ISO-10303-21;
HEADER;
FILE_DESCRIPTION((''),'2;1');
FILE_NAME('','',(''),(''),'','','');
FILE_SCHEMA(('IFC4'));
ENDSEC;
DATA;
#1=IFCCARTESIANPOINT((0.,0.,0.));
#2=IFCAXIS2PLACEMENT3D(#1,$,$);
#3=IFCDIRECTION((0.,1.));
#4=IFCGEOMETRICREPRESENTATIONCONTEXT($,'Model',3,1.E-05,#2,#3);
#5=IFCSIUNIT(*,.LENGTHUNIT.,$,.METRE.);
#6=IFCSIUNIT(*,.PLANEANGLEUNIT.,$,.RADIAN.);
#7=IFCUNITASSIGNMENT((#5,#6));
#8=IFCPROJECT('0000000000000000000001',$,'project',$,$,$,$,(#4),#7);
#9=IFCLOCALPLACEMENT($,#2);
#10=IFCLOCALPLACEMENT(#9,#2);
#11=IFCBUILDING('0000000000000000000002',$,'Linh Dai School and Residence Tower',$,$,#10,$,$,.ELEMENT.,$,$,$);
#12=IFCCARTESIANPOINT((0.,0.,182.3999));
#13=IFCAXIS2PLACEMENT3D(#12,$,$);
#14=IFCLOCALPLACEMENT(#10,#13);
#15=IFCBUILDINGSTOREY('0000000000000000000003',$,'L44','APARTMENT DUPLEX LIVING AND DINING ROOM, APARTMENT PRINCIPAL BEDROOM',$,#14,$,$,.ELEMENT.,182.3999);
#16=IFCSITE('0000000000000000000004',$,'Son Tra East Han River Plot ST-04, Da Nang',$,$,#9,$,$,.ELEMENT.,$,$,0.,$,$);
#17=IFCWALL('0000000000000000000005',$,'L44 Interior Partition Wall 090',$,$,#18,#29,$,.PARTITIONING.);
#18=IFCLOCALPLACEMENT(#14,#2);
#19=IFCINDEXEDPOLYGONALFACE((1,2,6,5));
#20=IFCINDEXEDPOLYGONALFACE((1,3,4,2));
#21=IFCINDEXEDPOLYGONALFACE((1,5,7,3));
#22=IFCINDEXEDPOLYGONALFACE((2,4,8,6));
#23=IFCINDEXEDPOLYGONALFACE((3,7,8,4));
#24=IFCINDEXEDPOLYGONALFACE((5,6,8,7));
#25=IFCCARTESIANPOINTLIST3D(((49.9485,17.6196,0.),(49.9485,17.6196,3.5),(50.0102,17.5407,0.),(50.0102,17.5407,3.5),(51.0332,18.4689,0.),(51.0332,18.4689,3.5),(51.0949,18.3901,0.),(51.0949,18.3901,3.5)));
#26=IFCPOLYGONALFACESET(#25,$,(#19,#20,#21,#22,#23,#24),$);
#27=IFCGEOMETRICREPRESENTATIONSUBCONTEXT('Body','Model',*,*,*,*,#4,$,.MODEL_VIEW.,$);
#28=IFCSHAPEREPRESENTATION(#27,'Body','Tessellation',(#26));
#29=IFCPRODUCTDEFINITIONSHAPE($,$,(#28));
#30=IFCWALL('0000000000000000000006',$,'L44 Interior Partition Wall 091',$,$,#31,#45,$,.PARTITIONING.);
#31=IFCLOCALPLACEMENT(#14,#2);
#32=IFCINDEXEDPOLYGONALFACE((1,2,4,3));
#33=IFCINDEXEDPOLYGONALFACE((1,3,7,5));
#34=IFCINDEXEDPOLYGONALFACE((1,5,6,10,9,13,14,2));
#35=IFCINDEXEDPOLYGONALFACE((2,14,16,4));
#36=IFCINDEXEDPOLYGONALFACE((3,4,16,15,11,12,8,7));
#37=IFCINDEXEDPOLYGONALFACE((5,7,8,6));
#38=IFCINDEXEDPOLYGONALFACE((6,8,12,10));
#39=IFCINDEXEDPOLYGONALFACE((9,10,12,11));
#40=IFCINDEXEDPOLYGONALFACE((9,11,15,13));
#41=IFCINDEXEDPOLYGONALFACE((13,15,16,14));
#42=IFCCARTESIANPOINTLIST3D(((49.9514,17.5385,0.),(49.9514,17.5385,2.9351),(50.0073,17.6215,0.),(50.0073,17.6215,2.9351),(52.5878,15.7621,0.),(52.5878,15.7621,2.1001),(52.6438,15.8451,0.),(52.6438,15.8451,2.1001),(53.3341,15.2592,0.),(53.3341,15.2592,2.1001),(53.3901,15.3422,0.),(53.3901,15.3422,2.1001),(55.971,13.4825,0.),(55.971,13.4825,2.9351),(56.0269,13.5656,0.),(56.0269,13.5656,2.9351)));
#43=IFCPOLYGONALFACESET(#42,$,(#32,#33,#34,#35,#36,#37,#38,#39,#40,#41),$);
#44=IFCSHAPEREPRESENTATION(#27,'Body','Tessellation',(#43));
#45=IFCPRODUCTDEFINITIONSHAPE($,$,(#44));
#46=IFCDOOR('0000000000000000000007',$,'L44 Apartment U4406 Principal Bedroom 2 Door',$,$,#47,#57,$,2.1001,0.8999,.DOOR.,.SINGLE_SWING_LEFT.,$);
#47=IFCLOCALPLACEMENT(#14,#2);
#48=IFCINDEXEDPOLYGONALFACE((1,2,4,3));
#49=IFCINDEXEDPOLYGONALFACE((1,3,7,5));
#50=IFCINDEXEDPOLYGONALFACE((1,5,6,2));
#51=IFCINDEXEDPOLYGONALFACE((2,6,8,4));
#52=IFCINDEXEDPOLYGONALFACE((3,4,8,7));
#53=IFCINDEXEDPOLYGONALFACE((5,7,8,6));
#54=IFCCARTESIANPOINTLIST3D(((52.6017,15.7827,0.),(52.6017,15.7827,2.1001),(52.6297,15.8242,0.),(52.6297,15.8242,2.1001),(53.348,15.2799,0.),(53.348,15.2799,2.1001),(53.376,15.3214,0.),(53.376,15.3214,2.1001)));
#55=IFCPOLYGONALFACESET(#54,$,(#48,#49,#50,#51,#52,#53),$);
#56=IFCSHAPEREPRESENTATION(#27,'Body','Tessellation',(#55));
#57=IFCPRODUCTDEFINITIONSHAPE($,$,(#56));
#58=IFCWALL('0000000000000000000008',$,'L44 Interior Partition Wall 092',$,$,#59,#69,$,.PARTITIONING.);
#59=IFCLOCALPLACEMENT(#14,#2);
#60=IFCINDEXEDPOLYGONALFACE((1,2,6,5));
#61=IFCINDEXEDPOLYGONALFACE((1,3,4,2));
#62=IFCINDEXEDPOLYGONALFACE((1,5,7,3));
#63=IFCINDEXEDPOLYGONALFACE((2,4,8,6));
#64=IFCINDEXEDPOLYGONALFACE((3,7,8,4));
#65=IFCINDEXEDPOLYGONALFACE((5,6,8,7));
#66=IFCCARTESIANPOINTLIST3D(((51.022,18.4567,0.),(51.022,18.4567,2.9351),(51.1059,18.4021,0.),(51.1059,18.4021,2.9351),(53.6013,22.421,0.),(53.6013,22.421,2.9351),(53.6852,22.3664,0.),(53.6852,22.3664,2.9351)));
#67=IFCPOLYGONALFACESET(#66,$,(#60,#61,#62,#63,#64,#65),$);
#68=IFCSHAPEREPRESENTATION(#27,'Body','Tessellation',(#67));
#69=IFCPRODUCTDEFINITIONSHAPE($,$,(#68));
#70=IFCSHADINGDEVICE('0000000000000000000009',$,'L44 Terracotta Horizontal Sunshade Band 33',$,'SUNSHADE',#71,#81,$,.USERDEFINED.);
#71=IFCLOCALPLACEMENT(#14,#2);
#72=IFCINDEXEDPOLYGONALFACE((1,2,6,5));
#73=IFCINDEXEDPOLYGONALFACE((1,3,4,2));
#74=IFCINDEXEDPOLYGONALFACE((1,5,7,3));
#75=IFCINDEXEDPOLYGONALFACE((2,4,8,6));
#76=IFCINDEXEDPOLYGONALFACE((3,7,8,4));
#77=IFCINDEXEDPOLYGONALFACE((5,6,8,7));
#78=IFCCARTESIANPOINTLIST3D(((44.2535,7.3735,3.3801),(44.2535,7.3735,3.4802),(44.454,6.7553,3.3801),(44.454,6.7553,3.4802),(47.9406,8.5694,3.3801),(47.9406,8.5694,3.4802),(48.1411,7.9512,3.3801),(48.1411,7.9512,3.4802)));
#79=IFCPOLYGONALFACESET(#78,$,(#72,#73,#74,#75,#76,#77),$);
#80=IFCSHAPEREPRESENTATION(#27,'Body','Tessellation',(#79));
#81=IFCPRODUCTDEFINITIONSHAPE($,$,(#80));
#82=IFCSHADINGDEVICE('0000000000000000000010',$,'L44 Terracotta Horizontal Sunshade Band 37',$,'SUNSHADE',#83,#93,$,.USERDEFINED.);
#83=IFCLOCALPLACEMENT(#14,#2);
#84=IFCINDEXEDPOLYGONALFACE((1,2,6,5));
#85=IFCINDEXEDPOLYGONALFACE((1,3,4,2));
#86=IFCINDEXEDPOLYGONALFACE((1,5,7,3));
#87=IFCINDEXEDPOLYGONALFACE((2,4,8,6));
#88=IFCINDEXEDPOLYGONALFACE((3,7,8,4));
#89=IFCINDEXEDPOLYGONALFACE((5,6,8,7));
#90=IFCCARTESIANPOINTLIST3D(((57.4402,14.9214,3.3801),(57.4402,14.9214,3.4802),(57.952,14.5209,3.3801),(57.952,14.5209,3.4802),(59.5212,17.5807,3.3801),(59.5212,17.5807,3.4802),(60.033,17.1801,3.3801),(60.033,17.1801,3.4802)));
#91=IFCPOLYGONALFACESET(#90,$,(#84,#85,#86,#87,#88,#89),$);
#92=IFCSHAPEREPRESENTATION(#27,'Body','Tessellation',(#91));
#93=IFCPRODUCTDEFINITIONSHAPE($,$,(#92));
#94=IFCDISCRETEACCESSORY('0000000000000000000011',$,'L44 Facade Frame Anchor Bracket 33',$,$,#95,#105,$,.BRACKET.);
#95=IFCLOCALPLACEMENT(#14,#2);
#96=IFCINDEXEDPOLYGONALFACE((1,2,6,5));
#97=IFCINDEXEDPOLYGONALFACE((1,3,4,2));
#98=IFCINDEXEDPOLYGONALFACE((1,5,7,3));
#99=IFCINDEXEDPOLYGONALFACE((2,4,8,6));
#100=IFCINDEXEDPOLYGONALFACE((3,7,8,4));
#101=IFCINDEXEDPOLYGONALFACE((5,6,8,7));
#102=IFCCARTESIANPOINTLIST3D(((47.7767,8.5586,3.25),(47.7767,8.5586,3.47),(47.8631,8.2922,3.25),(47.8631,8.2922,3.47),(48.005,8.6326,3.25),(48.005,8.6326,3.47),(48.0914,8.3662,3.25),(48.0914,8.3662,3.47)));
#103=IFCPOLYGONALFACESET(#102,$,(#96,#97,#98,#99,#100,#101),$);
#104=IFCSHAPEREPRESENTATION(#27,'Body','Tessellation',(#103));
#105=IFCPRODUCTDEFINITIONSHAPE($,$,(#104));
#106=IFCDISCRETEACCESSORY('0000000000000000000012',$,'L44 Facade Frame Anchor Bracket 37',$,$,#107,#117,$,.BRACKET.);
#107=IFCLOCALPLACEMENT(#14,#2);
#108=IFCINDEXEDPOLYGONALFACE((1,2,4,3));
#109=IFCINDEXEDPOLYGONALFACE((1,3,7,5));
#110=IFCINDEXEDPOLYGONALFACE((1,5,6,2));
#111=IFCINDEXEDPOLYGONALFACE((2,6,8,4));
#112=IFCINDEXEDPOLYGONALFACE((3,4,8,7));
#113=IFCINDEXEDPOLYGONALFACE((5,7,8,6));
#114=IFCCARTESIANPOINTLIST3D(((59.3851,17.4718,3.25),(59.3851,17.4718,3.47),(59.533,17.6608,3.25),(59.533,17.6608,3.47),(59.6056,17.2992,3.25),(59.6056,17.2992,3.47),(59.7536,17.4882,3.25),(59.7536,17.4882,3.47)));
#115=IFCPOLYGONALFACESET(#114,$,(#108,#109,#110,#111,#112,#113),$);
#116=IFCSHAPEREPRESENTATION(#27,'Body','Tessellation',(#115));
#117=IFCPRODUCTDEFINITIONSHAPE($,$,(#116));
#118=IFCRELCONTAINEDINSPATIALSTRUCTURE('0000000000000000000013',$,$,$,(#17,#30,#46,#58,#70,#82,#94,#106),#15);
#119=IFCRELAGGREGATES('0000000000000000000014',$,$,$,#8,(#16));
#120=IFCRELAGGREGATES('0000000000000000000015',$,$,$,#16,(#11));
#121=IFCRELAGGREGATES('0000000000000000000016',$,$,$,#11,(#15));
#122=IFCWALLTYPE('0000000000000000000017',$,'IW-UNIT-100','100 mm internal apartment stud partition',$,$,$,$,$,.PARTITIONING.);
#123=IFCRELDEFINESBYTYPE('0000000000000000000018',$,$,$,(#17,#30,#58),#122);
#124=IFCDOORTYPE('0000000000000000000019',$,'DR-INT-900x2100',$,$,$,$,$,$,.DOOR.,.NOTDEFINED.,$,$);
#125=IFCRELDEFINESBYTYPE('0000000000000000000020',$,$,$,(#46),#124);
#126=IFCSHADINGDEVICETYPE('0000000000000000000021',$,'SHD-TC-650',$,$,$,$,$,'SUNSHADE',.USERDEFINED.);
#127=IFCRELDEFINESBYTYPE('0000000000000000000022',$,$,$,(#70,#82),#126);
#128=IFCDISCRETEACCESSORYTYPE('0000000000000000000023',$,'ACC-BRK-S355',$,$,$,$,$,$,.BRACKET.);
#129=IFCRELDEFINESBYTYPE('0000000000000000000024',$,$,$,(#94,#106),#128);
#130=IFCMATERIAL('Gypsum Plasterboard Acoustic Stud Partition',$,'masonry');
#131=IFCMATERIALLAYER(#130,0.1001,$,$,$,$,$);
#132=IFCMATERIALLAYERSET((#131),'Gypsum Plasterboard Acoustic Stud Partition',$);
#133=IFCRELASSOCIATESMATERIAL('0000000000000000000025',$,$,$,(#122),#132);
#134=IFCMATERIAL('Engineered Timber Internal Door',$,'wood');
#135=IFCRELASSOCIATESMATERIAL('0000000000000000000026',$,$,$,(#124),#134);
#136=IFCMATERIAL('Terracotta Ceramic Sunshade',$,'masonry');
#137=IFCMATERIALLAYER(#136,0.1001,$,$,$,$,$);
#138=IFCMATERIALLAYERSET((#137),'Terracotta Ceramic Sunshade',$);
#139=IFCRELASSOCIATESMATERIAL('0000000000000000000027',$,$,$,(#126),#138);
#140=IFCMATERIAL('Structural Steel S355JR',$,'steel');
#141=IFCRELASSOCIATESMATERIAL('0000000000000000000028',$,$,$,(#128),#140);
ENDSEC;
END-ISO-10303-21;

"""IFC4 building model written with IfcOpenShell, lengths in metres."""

from ifc_helpers import new_model, si_unit, direction, frame, frame_2d, origin, origin_2d, place, context, subcontext, project, spatial, rectangle, extrude, source, transform, mapped, material, layer, layer_set, type_object, element, fill, save


model = new_model("IFC4")

# Units and contexts
model_context = context("Model", 3, precision=1e-05, world=origin(), true_north=direction((0.0, 1.0)))
body_context = subcontext(model_context, "Body", "Model", "MODEL_VIEW")
ifc_project = project(units=[si_unit("LENGTHUNIT", "METRE"), si_unit("PLANEANGLEUNIT", "RADIAN")], contexts=[model_context])

# Site, building, storey
site_placement = place(None, origin())
site = spatial("IfcSite", under=ifc_project, at=site_placement, Name="Son Tra East Han River Plot ST-04, Da Nang", CompositionType="ELEMENT", RefElevation=0.0)
building_placement = place(site_placement, origin())
building = spatial("IfcBuilding", under=site, at=building_placement, Name="Linh Dai School and Residence Tower", CompositionType="ELEMENT")
storey_placement = place(building_placement, frame((0.0, 0.0, 182.3999)))
storey = spatial("IfcBuildingStorey", under=building, at=storey_placement, Name="L44", Description="APARTMENT DUPLEX LIVING AND DINING ROOM, APARTMENT PRINCIPAL BEDROOM", CompositionType="ELEMENT", Elevation=182.3999)

# Shared definitions
ifc_material_1 = material(Name="Structural Steel S355JR", Category="steel")

# Shared definitions
ifc_material_2 = material(Name="Gypsum Plasterboard Acoustic Stud Partition", Category="masonry")
ifc_layer_1 = layer(ifc_material_2, 0.1001)
ifc_layer_set_1 = layer_set([ifc_layer_1], Name="Gypsum Plasterboard Acoustic Stud Partition")
wall_type_1 = type_object("IfcWallType", Name="IW-UNIT-100", Description="100 mm internal apartment stud partition", PredefinedType="PARTITIONING", material=ifc_layer_set_1)
ifc_material_3 = material(Name="Engineered Timber Internal Door", Category="wood")
door_type = type_object("IfcDoorType", Name="DR-INT-900x2100", OperationType="NOTDEFINED", PredefinedType="DOOR", material=ifc_material_3)
shared_shape_1 = source(origin(), body_context, "Body", "SweptSolid", [
    extrude(rectangle(XDim=0.8999, YDim=2.1001, at=origin_2d()), frame((0.45, 0.0249, 1.05), z_axis=(0.0, -1.0, 0.0), x_axis=(1.0, 0.0, 0.0)), (0.0, 0.0, 1.0), 0.05),
])

# Wall
wall_1_placement = place(storey_placement, frame((49.9792, 17.5801, 0.0), z_axis=(0.0, 0.0, 1.0), x_axis=(0.787344, 0.616514, 0.0)))
element("IfcWall", 1, at=wall_1_placement, inside=storey, type_object=wall_type_1, Name="L44 Interior Partition Wall 090", PredefinedType="PARTITIONING", context=body_context, shape_type="SweptSolid", body=[
    extrude(rectangle(XDim=1.3777, YDim=0.1001, at=frame_2d((0.689, 0.0))), origin(), (0.0, 0.0, 1.0), 3.5),
])

# Wall, opening, door
wall_2_placement = place(storey_placement, frame((49.9792, 17.5801, 0.0), z_axis=(0.0, 0.0, 1.0), x_axis=(0.829313, -0.558784, 0.0)))
wall_2 = element("IfcWall", 2, at=wall_2_placement, inside=storey, type_object=wall_type_1, Name="L44 Interior Partition Wall 091", PredefinedType="PARTITIONING", context=body_context, shape_type="SweptSolid", body=[
    extrude(rectangle(XDim=7.2585, YDim=0.1001, at=frame_2d((3.6294, 0.0))), origin(), (0.0, 0.0, 1.0), 2.9351),
])
opening_1_placement = place(wall_2_placement, frame((3.1792, 0.0, 0.0)))
opening_1 = element("IfcOpeningElement", 3, at=opening_1_placement, cuts=wall_2, PredefinedType="OPENING", context=body_context, shape_type="SweptSolid", body=[
    extrude(rectangle(XDim=0.8999, YDim=2.1001, at=origin_2d()), frame((0.45, 0.0601, 1.05), z_axis=(0.0, -1.0, 0.0), x_axis=(1.0, 0.0, 0.0)), (0.0, 0.0, 1.0), 0.1201),
])
door_1_placement = place(opening_1_placement, origin())
door_1 = element("IfcDoor", 4, at=door_1_placement, inside=storey, type_object=door_type, Name="L44 Apartment U4406 Principal Bedroom 2 Door", OperationType="SINGLE_SWING_LEFT", OverallHeight=2.1001, OverallWidth=0.8999, PredefinedType="DOOR", context=body_context, shape_type="MappedRepresentation", body=[
    mapped(shared_shape_1, transform((0.0, 0.0, 0.0), x_axis=(1.0, 0.0, 0.0), y_axis=(0.0, 1.0, 0.0), z_axis=(0.0, 0.0, 1.0), scale=1.0)),
])
fill(opening_1, door_1)

# Wall
wall_3_placement = place(storey_placement, frame((51.064, 18.4294, 0.0), z_axis=(0.0, 0.0, 1.0), x_axis=(0.545362, 0.838201, 0.0)))
element("IfcWall", 5, at=wall_3_placement, inside=storey, type_object=wall_type_1, Name="L44 Interior Partition Wall 092", PredefinedType="PARTITIONING", context=body_context, shape_type="SweptSolid", body=[
    extrude(rectangle(XDim=4.7295, YDim=0.1001, at=frame_2d((2.3647, 0.0))), origin(), (0.0, 0.0, 1.0), 2.9351),
])

# Shading devices
ifc_material_4 = material(Name="Terracotta Ceramic Sunshade", Category="masonry")
ifc_layer_2 = layer(ifc_material_4, 0.1001)
ifc_layer_set_2 = layer_set([ifc_layer_2], Name="Terracotta Ceramic Sunshade")
shading_device_type = type_object("IfcShadingDeviceType", Name="SHD-TC-650", ElementType="SUNSHADE", PredefinedType="USERDEFINED", material=ifc_layer_set_2)
shared_shape_2 = source(origin(), body_context, "Body", "SweptSolid", [
    extrude(rectangle(XDim=3.8762, YDim=0.6499, at=origin_2d()), origin(), (0.0, 0.0, 1.0), 0.1001),
])
shading_device_1_placement = place(storey_placement, frame((46.1973, 7.6624, 3.3801), z_axis=(0.0, 0.0, 1.0), x_axis=(-0.951213, -0.308536, 0.0)))
element("IfcShadingDevice", 6, at=shading_device_1_placement, inside=storey, type_object=shading_device_type, Name="L44 Terracotta Horizontal Sunshade Band 33", ObjectType="SUNSHADE", PredefinedType="USERDEFINED", context=body_context, shape_type="MappedRepresentation", body=[
    mapped(shared_shape_2, transform((0.0, 0.0, 0.0), x_axis=(1.0, 0.0, 0.0), y_axis=(0.0, 1.0, 0.0), z_axis=(0.0, 0.0, 1.0), scale=1.0)),
])
shared_shape_3 = source(origin(), body_context, "Body", "SweptSolid", [
    extrude(rectangle(XDim=3.3767, YDim=0.6499, at=origin_2d()), origin(), (0.0, 0.0, 1.0), 0.1001),
])
shading_device_2_placement = place(storey_placement, frame((58.7366, 16.0508, 3.3801), z_axis=(0.0, 0.0, 1.0), x_axis=(-0.616286, -0.787522, 0.0)))
element("IfcShadingDevice", 7, at=shading_device_2_placement, inside=storey, type_object=shading_device_type, Name="L44 Terracotta Horizontal Sunshade Band 37", ObjectType="SUNSHADE", PredefinedType="USERDEFINED", context=body_context, shape_type="MappedRepresentation", body=[
    mapped(shared_shape_3, transform((0.0, 0.0, 0.0), x_axis=(1.0, 0.0, 0.0), y_axis=(0.0, 1.0, 0.0), z_axis=(0.0, 0.0, 1.0), scale=1.0)),
])

# Discrete accessories
discrete_accessory_type = type_object("IfcDiscreteAccessoryType", Name="ACC-BRK-S355", PredefinedType="BRACKET", material=ifc_material_1)
shared_shape_4 = source(origin(), body_context, "Body", "SweptSolid", [
    extrude(rectangle(XDim=0.28, YDim=0.24, at=origin_2d()), origin(), (0.0, 0.0, 1.0), 0.22),
])
for number, where, z_axis, x_axis, name in (
    (8, (47.9341, 8.4624, 3.25), (0.0, 0.0, 1.0), (0.308536, -0.951213, 0.0), "L44 Facade Frame Anchor Bracket 33"),
    (9, (59.5693, 17.48, 3.25), (0.0, 0.0, 1.0), (0.787522, -0.616286, 0.0), "L44 Facade Frame Anchor Bracket 37"),
):
    element("IfcDiscreteAccessory", number, at=place(storey_placement, frame(where, z_axis=z_axis, x_axis=x_axis)), inside=storey, type_object=discrete_accessory_type, Name=name, PredefinedType="BRACKET", context=body_context, shape_type="MappedRepresentation", body=[
        mapped(shared_shape_4, transform((0.0, 0.0, 0.0), x_axis=(1.0, 0.0, 0.0), y_axis=(0.0, 1.0, 0.0), z_axis=(0.0, 0.0, 1.0), scale=1.0)),
    ])

save(model, "model.ifc")
